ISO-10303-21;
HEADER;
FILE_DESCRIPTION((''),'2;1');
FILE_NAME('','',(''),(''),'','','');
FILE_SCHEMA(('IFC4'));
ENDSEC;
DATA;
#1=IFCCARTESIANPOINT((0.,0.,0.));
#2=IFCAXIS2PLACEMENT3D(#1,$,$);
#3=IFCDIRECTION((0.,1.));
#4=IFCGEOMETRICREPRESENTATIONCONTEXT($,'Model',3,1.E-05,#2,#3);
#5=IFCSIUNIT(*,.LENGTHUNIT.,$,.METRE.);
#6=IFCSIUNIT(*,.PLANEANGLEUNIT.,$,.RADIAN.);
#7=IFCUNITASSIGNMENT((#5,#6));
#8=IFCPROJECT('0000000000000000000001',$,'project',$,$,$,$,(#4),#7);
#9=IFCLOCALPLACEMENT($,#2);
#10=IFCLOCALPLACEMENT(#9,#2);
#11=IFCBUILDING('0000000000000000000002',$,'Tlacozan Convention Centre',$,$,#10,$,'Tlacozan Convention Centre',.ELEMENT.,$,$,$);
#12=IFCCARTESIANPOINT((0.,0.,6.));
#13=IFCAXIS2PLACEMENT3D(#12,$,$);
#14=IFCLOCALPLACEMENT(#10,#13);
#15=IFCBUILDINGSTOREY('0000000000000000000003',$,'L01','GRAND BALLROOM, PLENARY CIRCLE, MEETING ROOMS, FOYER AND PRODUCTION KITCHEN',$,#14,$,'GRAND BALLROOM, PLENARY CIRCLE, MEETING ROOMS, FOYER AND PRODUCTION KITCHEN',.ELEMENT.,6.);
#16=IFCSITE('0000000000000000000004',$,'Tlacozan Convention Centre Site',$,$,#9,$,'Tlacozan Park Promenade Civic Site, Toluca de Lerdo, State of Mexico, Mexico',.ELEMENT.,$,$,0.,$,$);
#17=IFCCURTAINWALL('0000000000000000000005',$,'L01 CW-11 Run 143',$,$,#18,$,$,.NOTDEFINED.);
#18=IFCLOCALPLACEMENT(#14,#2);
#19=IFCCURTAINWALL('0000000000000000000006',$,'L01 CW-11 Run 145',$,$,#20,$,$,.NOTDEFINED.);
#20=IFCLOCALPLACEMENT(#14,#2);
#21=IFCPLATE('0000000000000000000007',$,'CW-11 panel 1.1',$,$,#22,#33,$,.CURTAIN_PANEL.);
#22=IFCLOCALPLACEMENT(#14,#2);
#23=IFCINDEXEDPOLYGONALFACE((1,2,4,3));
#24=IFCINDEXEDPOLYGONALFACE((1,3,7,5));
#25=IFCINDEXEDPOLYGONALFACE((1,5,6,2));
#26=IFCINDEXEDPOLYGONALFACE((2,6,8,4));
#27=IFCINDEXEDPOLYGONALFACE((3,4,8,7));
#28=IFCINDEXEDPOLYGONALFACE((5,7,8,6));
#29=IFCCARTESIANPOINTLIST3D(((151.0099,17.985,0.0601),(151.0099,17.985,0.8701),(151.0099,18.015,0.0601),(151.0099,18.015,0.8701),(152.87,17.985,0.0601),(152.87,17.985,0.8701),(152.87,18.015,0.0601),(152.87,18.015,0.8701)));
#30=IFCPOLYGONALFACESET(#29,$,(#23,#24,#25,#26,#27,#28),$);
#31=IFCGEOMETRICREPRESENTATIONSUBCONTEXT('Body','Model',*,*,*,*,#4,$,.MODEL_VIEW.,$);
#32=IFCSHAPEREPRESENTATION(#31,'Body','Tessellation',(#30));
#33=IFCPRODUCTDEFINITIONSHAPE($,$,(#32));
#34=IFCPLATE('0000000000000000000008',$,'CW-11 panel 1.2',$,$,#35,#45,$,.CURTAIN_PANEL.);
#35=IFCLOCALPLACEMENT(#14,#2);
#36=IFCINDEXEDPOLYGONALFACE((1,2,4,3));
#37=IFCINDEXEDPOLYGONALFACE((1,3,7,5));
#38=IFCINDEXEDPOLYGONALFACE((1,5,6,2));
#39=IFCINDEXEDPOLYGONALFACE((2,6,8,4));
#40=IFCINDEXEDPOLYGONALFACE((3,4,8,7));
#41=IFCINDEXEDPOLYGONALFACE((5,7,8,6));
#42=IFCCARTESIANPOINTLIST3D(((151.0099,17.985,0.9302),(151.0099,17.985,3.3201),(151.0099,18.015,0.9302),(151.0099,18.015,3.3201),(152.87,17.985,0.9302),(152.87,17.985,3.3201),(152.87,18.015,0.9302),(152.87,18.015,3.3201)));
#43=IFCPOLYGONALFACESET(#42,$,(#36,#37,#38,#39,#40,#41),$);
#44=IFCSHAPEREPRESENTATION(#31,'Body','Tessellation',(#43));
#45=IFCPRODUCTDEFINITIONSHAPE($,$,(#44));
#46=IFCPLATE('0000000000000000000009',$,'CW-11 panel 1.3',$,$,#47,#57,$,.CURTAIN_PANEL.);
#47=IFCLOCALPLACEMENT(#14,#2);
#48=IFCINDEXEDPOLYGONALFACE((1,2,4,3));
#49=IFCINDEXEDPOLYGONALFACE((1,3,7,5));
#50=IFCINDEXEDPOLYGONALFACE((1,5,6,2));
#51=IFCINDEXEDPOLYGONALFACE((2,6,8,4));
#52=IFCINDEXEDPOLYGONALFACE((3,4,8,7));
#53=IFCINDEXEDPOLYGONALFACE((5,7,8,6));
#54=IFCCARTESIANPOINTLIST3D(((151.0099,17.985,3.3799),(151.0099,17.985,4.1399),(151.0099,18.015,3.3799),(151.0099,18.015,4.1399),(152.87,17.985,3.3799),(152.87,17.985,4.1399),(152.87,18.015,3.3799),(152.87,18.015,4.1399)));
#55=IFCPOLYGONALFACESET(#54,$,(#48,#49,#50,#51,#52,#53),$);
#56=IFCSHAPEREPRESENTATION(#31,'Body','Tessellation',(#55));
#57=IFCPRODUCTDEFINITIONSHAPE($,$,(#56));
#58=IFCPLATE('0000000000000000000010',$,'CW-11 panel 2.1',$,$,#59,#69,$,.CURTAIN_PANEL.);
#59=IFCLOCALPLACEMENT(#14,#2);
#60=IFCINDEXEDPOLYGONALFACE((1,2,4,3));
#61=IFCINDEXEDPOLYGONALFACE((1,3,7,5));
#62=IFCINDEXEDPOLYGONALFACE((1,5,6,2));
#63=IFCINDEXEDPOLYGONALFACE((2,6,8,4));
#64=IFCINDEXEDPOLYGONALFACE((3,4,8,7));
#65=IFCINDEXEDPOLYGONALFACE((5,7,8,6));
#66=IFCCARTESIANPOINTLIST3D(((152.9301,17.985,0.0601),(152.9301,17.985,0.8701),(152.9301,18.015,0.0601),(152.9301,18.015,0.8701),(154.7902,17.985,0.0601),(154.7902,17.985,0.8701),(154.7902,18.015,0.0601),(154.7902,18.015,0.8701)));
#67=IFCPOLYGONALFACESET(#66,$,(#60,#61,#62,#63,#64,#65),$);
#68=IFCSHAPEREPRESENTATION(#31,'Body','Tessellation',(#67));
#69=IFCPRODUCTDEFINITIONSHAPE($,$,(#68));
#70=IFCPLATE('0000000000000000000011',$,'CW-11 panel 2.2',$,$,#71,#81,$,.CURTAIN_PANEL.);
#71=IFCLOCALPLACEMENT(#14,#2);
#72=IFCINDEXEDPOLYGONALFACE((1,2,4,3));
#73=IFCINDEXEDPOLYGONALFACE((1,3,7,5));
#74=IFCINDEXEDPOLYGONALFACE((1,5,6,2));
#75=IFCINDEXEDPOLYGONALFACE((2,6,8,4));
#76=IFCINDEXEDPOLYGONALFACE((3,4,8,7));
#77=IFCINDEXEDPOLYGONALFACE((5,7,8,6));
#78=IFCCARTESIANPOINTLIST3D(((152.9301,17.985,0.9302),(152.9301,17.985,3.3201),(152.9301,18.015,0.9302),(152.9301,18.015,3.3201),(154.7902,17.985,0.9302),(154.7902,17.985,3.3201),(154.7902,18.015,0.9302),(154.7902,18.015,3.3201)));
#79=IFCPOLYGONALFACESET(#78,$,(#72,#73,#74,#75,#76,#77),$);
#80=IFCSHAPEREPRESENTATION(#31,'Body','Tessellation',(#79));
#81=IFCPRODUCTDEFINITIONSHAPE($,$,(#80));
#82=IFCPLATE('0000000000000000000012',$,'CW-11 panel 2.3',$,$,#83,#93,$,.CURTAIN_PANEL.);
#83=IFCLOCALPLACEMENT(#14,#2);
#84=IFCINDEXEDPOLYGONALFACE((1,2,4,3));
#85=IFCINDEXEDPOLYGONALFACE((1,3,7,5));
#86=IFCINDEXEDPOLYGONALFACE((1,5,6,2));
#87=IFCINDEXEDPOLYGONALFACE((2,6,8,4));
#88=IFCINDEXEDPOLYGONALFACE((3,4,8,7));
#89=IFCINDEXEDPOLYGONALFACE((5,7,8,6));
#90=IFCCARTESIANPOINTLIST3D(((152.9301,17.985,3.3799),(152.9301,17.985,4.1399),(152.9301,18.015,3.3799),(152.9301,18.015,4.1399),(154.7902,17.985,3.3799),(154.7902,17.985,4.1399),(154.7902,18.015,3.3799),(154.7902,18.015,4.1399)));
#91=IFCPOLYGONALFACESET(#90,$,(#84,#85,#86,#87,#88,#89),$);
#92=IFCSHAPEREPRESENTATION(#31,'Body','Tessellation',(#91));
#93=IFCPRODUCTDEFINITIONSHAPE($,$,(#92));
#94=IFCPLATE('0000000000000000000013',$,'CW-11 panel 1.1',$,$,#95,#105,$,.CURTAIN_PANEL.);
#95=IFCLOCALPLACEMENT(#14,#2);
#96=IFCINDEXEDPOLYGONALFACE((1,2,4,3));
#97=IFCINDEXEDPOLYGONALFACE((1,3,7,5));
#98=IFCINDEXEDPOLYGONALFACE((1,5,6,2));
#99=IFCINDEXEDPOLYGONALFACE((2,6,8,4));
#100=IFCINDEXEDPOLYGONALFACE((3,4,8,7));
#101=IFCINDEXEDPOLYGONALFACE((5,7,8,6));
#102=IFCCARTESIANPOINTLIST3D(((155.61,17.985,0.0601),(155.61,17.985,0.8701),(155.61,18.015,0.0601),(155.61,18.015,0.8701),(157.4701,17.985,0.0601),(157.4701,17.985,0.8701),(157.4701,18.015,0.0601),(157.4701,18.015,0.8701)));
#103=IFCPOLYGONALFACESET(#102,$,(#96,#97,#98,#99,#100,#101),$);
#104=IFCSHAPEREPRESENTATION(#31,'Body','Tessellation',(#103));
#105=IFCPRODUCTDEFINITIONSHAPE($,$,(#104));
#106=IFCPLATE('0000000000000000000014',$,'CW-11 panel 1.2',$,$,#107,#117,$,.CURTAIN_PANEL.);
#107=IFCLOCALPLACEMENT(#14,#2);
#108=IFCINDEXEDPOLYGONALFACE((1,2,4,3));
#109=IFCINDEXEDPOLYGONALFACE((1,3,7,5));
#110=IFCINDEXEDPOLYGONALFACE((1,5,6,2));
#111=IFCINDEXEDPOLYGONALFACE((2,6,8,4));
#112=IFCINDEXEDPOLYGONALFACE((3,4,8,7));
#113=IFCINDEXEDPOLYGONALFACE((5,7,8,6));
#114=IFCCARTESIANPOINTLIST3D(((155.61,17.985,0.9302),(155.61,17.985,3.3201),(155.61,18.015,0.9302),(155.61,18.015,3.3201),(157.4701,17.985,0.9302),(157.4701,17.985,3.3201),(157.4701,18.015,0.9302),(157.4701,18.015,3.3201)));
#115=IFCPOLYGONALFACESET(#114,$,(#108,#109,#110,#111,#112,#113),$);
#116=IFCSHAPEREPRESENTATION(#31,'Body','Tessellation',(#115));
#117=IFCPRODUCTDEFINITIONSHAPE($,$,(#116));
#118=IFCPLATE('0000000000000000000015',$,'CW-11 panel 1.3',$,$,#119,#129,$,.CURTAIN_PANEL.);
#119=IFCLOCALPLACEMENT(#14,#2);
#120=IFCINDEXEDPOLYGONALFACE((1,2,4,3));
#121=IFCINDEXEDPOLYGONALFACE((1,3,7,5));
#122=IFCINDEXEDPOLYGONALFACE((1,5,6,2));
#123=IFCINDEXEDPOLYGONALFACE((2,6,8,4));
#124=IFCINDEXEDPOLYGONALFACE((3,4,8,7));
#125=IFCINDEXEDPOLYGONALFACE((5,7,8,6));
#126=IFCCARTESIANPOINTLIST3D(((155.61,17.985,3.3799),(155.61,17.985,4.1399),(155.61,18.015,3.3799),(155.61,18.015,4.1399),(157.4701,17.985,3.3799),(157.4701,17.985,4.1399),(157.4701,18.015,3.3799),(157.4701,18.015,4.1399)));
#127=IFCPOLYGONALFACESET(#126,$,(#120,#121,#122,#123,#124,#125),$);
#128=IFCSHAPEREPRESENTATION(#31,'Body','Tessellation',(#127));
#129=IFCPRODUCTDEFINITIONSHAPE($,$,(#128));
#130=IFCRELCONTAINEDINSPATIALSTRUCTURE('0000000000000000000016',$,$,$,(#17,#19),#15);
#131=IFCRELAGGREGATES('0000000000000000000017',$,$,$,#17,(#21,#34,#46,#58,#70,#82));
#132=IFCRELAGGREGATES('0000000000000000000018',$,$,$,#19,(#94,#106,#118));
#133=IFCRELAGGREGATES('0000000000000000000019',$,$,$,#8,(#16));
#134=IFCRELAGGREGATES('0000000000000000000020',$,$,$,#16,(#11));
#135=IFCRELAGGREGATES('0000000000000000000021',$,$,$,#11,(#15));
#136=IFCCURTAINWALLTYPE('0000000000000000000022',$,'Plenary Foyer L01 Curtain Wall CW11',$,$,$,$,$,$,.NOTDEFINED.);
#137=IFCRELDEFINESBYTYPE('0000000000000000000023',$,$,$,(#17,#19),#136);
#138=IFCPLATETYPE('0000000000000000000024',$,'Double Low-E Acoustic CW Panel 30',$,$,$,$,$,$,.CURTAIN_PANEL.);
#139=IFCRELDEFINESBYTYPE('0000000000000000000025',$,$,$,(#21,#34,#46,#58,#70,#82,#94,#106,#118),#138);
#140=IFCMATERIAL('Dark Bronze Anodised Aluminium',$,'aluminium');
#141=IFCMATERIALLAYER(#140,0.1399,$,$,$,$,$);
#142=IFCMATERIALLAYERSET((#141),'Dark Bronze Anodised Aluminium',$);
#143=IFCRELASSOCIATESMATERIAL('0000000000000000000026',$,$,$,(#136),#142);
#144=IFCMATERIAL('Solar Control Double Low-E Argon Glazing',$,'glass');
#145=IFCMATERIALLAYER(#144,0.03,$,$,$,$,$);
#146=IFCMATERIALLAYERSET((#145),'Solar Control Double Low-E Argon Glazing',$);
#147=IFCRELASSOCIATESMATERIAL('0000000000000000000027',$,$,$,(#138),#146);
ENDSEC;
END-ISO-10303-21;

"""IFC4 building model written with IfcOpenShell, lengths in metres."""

from ifc_helpers import new_model, si_unit, direction, frame, origin, origin_2d, place, context, subcontext, project, spatial, rectangle, extrude, material, layer, layer_set, type_object, element, aggregate, save


model = new_model("IFC4")

# Units and contexts
model_context = context("Model", 3, precision=1e-05, world=origin(), true_north=direction((0.0, 1.0)))
body_context = subcontext(model_context, "Body", "Model", "MODEL_VIEW")
ifc_project = project(units=[si_unit("LENGTHUNIT", "METRE"), si_unit("PLANEANGLEUNIT", "RADIAN")], contexts=[model_context])

# Site, building, storey
site_placement = place(None, origin())
site = spatial("IfcSite", under=ifc_project, at=site_placement, Name="Tlacozan Convention Centre Site", LongName="Tlacozan Park Promenade Civic Site, Toluca de Lerdo, State of Mexico, Mexico", CompositionType="ELEMENT", RefElevation=0.0)
building_placement = place(site_placement, origin())
building = spatial("IfcBuilding", under=site, at=building_placement, Name="Tlacozan Convention Centre", LongName="Tlacozan Convention Centre", CompositionType="ELEMENT")
storey_placement = place(building_placement, frame((0.0, 0.0, 6.0)))
storey = spatial("IfcBuildingStorey", under=building, at=storey_placement, Name="L01", Description="GRAND BALLROOM, PLENARY CIRCLE, MEETING ROOMS, FOYER AND PRODUCTION KITCHEN", LongName="GRAND BALLROOM, PLENARY CIRCLE, MEETING ROOMS, FOYER AND PRODUCTION KITCHEN", CompositionType="ELEMENT", Elevation=6.0)

# Curtain walls
ifc_material_1 = material(Name="Dark Bronze Anodised Aluminium", Category="aluminium")
ifc_layer_1 = layer(ifc_material_1, 0.1399)
ifc_layer_set_1 = layer_set([ifc_layer_1], Name="Dark Bronze Anodised Aluminium")
curtain_wall_type = type_object("IfcCurtainWallType", Name="Plenary Foyer L01 Curtain Wall CW11", PredefinedType="NOTDEFINED", material=ifc_layer_set_1)
curtain_wall_1_placement = place(storey_placement, origin())
curtain_wall_1 = element("IfcCurtainWall", 1, at=curtain_wall_1_placement, inside=storey, type_object=curtain_wall_type, Name="L01 CW-11 Run 143", PredefinedType="NOTDEFINED")
curtain_wall_2_placement = place(storey_placement, origin())
curtain_wall_2 = element("IfcCurtainWall", 2, at=curtain_wall_2_placement, inside=storey, type_object=curtain_wall_type, Name="L01 CW-11 Run 145", PredefinedType="NOTDEFINED")

# Plates
ifc_material_2 = material(Name="Solar Control Double Low-E Argon Glazing", Category="glass")
ifc_layer_2 = layer(ifc_material_2, 0.03)
ifc_layer_set_2 = layer_set([ifc_layer_2], Name="Solar Control Double Low-E Argon Glazing")
plate_type = type_object("IfcPlateType", Name="Double Low-E Acoustic CW Panel 30", PredefinedType="CURTAIN_PANEL", material=ifc_layer_set_2)
plate_1_placement = place(storey_placement, frame((151.9399, 18.0, 0.0601), z_axis=(0.0, 0.0, 1.0), x_axis=(1.0, 0.0, 0.0)))
plate_1 = element("IfcPlate", 3, at=plate_1_placement, type_object=plate_type, Name="CW-11 panel 1.1", PredefinedType="CURTAIN_PANEL", context=body_context, shape_type="SweptSolid", body=[
    extrude(rectangle(XDim=1.8601, YDim=0.03, at=origin_2d()), origin(), (0.0, 0.0, 1.0), 0.8101),
])
plate_2_placement = place(storey_placement, frame((151.9399, 18.0, 0.9302), z_axis=(0.0, 0.0, 1.0), x_axis=(1.0, 0.0, 0.0)))
plate_2 = element("IfcPlate", 4, at=plate_2_placement, type_object=plate_type, Name="CW-11 panel 1.2", PredefinedType="CURTAIN_PANEL", context=body_context, shape_type="SweptSolid", body=[
    extrude(rectangle(XDim=1.8601, YDim=0.03, at=origin_2d()), origin(), (0.0, 0.0, 1.0), 2.3899),
])
plate_3_placement = place(storey_placement, frame((151.9399, 18.0, 3.3799), z_axis=(0.0, 0.0, 1.0), x_axis=(1.0, 0.0, 0.0)))
plate_3 = element("IfcPlate", 5, at=plate_3_placement, type_object=plate_type, Name="CW-11 panel 1.3", PredefinedType="CURTAIN_PANEL", context=body_context, shape_type="SweptSolid", body=[
    extrude(rectangle(XDim=1.8601, YDim=0.03, at=origin_2d()), origin(), (0.0, 0.0, 1.0), 0.76),
])
plate_4_placement = place(storey_placement, frame((153.8601, 18.0, 0.0601), z_axis=(0.0, 0.0, 1.0), x_axis=(1.0, 0.0, 0.0)))
plate_4 = element("IfcPlate", 6, at=plate_4_placement, type_object=plate_type, Name="CW-11 panel 2.1", PredefinedType="CURTAIN_PANEL", context=body_context, shape_type="SweptSolid", body=[
    extrude(rectangle(XDim=1.8601, YDim=0.03, at=origin_2d()), origin(), (0.0, 0.0, 1.0), 0.8101),
])
plate_5_placement = place(storey_placement, frame((153.8601, 18.0, 0.9302), z_axis=(0.0, 0.0, 1.0), x_axis=(1.0, 0.0, 0.0)))
plate_5 = element("IfcPlate", 7, at=plate_5_placement, type_object=plate_type, Name="CW-11 panel 2.2", PredefinedType="CURTAIN_PANEL", context=body_context, shape_type="SweptSolid", body=[
    extrude(rectangle(XDim=1.8601, YDim=0.03, at=origin_2d()), origin(), (0.0, 0.0, 1.0), 2.3899),
])
plate_6_placement = place(storey_placement, frame((153.8601, 18.0, 3.3799), z_axis=(0.0, 0.0, 1.0), x_axis=(1.0, 0.0, 0.0)))
plate_6 = element("IfcPlate", 8, at=plate_6_placement, type_object=plate_type, Name="CW-11 panel 2.3", PredefinedType="CURTAIN_PANEL", context=body_context, shape_type="SweptSolid", body=[
    extrude(rectangle(XDim=1.8601, YDim=0.03, at=origin_2d()), origin(), (0.0, 0.0, 1.0), 0.76),
])
aggregate(curtain_wall_1, [plate_1, plate_2, plate_3, plate_4, plate_5, plate_6])
plate_7_placement = place(storey_placement, frame((156.54, 18.0, 0.0601), z_axis=(0.0, 0.0, 1.0), x_axis=(1.0, 0.0, 0.0)))
plate_7 = element("IfcPlate", 9, at=plate_7_placement, type_object=plate_type, Name="CW-11 panel 1.1", PredefinedType="CURTAIN_PANEL", context=body_context, shape_type="SweptSolid", body=[
    extrude(rectangle(XDim=1.8601, YDim=0.03, at=origin_2d()), origin(), (0.0, 0.0, 1.0), 0.8101),
])
plate_8_placement = place(storey_placement, frame((156.54, 18.0, 0.9302), z_axis=(0.0, 0.0, 1.0), x_axis=(1.0, 0.0, 0.0)))
plate_8 = element("IfcPlate", 10, at=plate_8_placement, type_object=plate_type, Name="CW-11 panel 1.2", PredefinedType="CURTAIN_PANEL", context=body_context, shape_type="SweptSolid", body=[
    extrude(rectangle(XDim=1.8601, YDim=0.03, at=origin_2d()), origin(), (0.0, 0.0, 1.0), 2.3899),
])
plate_9_placement = place(storey_placement, frame((156.54, 18.0, 3.3799), z_axis=(0.0, 0.0, 1.0), x_axis=(1.0, 0.0, 0.0)))
plate_9 = element("IfcPlate", 11, at=plate_9_placement, type_object=plate_type, Name="CW-11 panel 1.3", PredefinedType="CURTAIN_PANEL", context=body_context, shape_type="SweptSolid", body=[
    extrude(rectangle(XDim=1.8601, YDim=0.03, at=origin_2d()), origin(), (0.0, 0.0, 1.0), 0.76),
])
aggregate(curtain_wall_2, [plate_7, plate_8, plate_9])

save(model, "model.ifc")
